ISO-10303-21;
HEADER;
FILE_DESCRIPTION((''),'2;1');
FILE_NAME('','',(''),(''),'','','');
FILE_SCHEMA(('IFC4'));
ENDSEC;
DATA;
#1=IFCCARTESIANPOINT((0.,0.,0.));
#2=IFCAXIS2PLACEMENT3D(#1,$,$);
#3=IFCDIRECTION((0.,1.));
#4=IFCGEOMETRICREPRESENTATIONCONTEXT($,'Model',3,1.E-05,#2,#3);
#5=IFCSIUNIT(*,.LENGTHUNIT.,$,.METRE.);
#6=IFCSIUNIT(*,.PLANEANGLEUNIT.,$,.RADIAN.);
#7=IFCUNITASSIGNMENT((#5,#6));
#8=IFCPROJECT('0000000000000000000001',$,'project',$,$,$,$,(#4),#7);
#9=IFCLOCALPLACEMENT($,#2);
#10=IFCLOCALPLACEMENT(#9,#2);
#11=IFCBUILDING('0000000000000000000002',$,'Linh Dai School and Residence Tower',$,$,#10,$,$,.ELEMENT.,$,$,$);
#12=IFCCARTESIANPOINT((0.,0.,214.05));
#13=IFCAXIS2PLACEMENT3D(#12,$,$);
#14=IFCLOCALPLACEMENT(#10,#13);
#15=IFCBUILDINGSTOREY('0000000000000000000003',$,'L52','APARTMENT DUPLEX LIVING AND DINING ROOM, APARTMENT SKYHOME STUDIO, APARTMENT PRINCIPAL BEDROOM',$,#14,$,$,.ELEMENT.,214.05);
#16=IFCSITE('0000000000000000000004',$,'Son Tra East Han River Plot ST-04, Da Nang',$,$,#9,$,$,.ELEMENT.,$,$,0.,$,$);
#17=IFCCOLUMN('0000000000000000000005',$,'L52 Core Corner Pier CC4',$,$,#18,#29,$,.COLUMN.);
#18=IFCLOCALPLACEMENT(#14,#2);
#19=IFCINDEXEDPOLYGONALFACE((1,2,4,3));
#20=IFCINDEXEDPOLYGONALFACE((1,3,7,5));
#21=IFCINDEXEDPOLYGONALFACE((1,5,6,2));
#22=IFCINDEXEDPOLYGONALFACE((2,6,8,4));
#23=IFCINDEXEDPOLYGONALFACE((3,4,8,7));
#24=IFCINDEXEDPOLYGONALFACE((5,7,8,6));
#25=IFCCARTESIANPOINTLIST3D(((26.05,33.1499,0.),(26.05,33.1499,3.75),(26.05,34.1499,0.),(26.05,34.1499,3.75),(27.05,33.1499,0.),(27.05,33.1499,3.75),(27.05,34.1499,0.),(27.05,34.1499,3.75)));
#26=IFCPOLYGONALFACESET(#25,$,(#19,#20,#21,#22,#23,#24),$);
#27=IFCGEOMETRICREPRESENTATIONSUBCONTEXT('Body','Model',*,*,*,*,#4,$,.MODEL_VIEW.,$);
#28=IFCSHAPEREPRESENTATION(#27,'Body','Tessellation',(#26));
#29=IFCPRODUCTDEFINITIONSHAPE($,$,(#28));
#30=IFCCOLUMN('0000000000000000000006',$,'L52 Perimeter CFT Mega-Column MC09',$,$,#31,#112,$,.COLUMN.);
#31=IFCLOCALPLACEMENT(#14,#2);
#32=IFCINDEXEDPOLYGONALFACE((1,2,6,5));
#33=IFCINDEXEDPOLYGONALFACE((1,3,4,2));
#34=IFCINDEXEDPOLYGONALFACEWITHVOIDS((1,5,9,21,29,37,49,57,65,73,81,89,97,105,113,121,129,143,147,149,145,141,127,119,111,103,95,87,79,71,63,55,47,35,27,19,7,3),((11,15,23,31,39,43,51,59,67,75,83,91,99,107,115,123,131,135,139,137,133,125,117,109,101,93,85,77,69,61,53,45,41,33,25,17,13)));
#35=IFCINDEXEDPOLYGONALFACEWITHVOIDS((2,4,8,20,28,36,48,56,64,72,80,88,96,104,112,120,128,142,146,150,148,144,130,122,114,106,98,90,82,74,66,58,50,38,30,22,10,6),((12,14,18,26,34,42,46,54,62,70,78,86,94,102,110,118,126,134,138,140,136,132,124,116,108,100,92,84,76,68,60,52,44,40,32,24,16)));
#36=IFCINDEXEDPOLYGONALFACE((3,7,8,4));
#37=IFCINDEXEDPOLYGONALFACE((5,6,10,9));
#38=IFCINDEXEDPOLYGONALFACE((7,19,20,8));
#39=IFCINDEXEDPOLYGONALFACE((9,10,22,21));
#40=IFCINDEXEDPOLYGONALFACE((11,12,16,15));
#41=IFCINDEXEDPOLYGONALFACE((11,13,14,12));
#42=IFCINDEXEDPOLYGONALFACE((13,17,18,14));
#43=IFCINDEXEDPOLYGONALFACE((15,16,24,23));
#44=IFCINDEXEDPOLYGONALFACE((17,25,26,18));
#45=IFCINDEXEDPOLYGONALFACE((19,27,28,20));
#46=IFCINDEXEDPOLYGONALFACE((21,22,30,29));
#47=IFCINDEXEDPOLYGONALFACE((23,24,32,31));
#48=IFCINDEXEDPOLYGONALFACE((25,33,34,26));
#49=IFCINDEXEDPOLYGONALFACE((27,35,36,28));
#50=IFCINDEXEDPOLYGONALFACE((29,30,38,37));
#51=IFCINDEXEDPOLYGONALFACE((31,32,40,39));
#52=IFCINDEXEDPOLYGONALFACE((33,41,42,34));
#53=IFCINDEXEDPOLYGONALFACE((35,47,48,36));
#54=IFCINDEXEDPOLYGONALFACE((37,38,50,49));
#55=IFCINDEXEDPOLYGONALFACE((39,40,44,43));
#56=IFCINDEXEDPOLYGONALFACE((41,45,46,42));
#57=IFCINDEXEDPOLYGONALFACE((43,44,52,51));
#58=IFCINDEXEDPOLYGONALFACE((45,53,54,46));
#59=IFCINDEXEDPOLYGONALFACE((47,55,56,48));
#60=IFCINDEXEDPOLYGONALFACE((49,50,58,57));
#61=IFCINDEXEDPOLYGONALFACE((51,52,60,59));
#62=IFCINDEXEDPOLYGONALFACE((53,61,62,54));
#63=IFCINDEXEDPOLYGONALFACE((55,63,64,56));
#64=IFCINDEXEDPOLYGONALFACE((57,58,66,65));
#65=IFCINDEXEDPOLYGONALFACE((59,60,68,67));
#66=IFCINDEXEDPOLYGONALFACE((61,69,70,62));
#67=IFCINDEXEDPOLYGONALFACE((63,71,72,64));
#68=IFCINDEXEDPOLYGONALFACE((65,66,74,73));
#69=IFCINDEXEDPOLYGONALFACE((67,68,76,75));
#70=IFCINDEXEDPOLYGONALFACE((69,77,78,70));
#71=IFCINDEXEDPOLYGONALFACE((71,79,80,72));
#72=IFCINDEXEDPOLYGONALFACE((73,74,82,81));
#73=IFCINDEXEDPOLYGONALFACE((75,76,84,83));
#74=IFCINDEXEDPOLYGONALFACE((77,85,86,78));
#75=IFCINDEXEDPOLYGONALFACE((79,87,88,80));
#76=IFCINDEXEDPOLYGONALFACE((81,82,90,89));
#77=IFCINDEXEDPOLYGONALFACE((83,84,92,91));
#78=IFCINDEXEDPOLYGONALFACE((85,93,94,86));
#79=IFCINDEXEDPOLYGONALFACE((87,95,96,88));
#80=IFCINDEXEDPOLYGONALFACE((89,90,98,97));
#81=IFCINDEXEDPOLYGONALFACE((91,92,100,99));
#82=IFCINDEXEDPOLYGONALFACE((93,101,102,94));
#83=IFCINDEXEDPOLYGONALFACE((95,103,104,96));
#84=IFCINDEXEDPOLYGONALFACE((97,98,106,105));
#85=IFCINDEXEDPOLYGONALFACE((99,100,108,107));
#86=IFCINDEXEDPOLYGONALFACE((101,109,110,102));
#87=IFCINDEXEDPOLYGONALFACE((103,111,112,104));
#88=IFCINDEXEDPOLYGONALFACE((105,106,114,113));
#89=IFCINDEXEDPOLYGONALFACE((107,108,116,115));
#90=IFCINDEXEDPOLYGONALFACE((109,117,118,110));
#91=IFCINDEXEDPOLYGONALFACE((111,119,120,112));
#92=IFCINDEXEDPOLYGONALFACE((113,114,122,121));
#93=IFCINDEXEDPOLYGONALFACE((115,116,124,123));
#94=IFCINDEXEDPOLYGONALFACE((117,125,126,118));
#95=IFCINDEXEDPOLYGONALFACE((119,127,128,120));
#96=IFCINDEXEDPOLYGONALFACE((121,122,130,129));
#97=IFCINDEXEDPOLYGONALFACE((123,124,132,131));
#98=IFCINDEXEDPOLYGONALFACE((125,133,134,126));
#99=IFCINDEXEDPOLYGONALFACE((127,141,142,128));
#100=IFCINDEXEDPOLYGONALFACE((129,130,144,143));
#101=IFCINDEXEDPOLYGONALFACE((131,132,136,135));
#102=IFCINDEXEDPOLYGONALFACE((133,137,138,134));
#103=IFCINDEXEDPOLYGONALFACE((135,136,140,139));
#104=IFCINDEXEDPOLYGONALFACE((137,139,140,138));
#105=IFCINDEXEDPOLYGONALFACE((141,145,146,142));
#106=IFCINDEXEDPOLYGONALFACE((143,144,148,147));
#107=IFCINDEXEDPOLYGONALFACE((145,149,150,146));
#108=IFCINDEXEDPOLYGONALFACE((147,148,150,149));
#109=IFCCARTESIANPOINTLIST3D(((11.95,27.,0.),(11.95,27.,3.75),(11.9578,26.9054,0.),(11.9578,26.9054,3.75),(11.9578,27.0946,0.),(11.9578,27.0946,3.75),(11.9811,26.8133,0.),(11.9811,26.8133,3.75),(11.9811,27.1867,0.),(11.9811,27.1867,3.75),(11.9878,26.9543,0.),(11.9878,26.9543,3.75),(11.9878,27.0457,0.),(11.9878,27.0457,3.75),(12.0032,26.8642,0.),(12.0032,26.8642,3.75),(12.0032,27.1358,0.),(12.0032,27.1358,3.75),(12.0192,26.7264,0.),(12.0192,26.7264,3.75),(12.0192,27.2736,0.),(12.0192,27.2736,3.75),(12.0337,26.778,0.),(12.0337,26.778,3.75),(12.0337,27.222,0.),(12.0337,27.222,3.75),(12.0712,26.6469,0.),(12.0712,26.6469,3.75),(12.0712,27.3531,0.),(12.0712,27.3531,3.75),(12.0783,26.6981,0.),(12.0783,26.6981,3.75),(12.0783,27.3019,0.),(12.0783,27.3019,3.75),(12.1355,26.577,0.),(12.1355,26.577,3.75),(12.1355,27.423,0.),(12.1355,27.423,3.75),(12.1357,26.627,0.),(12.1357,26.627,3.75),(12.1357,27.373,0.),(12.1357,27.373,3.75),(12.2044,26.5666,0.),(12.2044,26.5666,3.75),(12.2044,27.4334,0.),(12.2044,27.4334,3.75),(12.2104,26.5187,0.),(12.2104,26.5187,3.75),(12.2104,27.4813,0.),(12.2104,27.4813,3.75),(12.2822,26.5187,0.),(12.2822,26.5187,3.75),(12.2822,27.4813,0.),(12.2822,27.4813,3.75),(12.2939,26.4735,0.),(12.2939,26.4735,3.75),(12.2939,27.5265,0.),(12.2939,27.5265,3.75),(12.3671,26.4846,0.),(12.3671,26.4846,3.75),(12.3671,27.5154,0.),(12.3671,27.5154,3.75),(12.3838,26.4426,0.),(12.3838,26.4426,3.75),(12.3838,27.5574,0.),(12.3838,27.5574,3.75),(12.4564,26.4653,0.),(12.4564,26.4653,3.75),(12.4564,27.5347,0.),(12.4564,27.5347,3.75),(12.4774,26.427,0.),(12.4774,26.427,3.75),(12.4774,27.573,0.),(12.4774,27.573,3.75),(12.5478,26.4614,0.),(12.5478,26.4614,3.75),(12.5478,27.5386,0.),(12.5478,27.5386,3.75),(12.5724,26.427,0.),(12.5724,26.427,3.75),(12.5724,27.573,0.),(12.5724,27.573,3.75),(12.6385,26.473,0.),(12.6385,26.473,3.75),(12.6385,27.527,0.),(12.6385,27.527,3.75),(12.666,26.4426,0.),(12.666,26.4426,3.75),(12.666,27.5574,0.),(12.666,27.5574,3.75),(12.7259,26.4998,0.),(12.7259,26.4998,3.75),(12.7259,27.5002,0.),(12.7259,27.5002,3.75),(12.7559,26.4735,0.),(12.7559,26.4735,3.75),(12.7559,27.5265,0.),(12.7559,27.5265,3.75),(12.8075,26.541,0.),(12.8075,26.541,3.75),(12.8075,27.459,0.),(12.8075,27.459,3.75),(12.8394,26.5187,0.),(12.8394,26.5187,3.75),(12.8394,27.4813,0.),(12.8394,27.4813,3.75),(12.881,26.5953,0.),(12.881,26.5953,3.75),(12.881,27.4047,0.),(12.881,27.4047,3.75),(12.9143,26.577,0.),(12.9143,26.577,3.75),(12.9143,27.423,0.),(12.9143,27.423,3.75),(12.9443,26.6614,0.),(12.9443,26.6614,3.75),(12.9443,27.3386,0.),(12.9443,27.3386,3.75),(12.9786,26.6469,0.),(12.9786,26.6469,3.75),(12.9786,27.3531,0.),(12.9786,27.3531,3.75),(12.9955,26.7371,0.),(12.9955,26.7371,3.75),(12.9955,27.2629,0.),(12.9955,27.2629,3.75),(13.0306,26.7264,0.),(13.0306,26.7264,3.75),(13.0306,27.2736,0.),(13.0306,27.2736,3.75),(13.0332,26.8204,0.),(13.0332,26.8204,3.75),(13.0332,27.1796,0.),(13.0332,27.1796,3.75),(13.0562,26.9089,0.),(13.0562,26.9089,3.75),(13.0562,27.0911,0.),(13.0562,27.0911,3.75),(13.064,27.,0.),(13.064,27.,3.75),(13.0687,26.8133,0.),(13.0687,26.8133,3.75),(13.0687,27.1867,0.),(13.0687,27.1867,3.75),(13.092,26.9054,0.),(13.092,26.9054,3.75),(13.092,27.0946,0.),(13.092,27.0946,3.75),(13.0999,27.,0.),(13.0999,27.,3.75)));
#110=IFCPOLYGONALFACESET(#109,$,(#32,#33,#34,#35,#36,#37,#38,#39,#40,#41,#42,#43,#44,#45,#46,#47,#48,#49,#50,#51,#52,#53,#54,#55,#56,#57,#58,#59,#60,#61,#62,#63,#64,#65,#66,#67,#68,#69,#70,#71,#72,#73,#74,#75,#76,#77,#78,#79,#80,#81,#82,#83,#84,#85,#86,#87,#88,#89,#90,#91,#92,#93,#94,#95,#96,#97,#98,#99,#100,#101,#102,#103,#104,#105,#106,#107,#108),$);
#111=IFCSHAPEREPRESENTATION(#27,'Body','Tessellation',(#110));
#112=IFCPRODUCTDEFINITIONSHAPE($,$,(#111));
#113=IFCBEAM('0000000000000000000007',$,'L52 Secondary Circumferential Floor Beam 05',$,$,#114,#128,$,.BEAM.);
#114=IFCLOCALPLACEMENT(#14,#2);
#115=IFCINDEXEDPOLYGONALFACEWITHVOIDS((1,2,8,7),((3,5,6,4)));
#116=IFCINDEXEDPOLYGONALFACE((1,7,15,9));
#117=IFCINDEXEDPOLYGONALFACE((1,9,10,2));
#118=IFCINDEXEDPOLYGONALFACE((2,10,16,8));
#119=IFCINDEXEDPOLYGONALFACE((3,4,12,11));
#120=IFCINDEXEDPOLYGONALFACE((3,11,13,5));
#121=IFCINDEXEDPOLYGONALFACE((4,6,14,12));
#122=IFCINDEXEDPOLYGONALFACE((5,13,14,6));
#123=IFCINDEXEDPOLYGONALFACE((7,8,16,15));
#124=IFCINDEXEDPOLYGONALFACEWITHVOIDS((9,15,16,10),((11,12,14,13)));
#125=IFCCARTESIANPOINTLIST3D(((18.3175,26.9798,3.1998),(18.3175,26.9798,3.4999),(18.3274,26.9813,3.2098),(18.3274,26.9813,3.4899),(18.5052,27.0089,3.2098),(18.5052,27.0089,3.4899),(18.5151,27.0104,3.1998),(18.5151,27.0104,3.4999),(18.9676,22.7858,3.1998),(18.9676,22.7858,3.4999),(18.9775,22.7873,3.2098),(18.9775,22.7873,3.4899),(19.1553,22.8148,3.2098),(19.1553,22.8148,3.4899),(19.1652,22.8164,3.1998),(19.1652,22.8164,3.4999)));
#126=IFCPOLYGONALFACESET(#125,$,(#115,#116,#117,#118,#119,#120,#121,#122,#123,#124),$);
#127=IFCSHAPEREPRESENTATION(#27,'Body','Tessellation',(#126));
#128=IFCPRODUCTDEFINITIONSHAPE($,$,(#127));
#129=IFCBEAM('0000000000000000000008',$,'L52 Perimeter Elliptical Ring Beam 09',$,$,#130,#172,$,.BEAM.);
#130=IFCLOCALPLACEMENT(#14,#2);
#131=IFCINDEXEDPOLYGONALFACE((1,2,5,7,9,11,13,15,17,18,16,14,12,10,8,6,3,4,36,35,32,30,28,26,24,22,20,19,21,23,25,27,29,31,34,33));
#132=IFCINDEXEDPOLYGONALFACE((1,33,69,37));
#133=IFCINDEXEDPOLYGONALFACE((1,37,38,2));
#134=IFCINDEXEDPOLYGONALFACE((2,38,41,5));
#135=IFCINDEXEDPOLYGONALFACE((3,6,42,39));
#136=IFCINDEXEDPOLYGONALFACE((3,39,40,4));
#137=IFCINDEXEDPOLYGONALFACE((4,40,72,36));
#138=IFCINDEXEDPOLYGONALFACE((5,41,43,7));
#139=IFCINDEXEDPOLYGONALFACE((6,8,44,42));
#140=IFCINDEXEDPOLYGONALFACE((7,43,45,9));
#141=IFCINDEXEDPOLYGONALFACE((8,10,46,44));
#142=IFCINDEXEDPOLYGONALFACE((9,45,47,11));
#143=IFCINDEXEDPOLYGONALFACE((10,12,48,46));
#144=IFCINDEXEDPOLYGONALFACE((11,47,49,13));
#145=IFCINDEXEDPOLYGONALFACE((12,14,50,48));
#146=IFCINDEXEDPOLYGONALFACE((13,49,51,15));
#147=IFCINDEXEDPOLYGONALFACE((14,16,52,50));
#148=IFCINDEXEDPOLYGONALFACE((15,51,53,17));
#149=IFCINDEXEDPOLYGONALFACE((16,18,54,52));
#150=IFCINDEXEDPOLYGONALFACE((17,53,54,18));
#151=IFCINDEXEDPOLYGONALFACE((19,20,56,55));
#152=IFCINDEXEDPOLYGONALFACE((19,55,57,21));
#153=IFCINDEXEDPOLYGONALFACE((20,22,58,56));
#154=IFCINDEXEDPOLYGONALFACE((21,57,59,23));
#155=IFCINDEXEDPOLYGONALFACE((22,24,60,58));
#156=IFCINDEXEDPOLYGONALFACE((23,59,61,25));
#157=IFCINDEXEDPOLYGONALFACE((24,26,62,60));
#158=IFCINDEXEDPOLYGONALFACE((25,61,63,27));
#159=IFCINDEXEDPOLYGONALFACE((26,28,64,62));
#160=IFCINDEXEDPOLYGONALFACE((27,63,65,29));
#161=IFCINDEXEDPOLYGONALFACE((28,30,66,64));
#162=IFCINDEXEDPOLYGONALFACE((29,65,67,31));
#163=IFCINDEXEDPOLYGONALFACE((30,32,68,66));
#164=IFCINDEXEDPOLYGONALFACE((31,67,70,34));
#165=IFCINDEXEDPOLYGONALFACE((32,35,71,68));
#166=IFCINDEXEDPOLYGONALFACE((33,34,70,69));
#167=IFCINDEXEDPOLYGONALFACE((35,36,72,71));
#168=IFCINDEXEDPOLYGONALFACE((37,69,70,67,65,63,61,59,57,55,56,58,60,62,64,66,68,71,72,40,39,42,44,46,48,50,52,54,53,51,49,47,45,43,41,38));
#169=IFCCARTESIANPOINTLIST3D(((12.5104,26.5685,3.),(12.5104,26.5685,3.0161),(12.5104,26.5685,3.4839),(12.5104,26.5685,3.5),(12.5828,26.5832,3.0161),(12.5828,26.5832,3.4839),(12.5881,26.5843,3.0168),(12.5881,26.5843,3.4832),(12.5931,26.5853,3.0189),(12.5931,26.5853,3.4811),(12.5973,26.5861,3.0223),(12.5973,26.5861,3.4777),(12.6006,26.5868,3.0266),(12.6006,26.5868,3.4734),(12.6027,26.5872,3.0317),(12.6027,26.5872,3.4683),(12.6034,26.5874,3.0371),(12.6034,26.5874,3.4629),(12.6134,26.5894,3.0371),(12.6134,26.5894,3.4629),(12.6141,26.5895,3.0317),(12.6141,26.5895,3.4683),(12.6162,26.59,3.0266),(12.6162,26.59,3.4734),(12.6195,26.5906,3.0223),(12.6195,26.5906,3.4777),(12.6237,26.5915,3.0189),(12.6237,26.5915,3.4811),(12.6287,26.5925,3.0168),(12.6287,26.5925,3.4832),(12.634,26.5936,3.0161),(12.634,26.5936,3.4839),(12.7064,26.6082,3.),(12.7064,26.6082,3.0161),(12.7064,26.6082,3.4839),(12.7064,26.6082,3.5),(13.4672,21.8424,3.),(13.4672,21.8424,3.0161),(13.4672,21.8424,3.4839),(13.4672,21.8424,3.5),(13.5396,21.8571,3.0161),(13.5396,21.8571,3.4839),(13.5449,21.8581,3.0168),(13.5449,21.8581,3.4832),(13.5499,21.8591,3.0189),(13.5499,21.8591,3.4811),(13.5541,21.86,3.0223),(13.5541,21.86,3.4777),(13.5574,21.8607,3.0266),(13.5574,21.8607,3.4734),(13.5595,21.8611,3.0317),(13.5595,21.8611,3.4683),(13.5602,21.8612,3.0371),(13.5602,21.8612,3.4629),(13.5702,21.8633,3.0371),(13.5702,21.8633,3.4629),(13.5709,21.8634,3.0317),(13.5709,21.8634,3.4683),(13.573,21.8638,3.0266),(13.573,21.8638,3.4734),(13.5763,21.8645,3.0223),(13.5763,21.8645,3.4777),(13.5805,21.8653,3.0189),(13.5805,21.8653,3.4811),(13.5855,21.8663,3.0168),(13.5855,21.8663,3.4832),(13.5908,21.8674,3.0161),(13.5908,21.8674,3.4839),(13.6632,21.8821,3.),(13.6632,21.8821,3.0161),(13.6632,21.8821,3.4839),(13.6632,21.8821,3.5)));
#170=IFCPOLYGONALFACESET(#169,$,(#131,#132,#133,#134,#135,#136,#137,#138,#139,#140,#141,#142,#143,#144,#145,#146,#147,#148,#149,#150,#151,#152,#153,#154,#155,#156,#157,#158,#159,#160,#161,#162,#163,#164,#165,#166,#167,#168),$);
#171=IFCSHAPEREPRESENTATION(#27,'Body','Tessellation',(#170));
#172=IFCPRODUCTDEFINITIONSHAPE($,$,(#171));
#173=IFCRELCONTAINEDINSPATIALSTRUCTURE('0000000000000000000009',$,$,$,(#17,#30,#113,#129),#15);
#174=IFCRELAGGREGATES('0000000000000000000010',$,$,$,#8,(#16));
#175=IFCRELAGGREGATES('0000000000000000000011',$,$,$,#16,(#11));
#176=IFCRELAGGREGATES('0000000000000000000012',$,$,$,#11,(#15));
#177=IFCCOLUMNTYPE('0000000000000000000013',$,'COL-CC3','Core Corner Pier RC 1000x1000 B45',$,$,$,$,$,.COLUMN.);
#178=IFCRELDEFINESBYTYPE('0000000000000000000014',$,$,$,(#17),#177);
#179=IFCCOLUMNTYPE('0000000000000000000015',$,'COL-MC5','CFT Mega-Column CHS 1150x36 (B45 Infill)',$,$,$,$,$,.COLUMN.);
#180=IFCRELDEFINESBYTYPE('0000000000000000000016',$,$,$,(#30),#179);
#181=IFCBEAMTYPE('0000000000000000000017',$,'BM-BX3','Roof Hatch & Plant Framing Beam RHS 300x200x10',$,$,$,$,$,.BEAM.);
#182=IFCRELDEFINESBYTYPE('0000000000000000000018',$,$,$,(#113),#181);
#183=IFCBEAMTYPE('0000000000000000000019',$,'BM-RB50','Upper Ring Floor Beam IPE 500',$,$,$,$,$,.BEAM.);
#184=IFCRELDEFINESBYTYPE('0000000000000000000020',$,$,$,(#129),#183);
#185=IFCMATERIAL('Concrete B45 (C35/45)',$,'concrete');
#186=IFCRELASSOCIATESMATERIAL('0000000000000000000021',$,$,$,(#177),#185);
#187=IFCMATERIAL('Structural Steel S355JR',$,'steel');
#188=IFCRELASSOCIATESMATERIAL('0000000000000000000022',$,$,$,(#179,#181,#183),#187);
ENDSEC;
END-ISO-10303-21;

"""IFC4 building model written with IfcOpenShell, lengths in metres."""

from ifc_helpers import new_model, si_unit, direction, frame, origin, origin_2d, place, context, subcontext, project, spatial, rectangle, hollow_rectangle, hollow_circle, i_section, extrude, material, material_profile, profile_set, type_object, element, save


model = new_model("IFC4")

# Units and contexts
model_context = context("Model", 3, precision=1e-05, world=origin(), true_north=direction((0.0, 1.0)))
body_context = subcontext(model_context, "Body", "Model", "MODEL_VIEW")
ifc_project = project(units=[si_unit("LENGTHUNIT", "METRE"), si_unit("PLANEANGLEUNIT", "RADIAN")], contexts=[model_context])

# Site, building, storey
site_placement = place(None, origin())
site = spatial("IfcSite", under=ifc_project, at=site_placement, Name="Son Tra East Han River Plot ST-04, Da Nang", CompositionType="ELEMENT", RefElevation=0.0)
building_placement = place(site_placement, origin())
building = spatial("IfcBuilding", under=site, at=building_placement, Name="Linh Dai School and Residence Tower", CompositionType="ELEMENT")
storey_placement = place(building_placement, frame((0.0, 0.0, 214.05)))
storey = spatial("IfcBuildingStorey", under=building, at=storey_placement, Name="L52", Description="APARTMENT DUPLEX LIVING AND DINING ROOM, APARTMENT SKYHOME STUDIO, APARTMENT PRINCIPAL BEDROOM", CompositionType="ELEMENT", Elevation=214.05)

# Columns
ifc_material_1 = material(Name="Concrete B45 (C35/45)", Category="concrete")
ifc_material_profile_1 = material_profile(ifc_material_1, rectangle(XDim=1.0, YDim=1.0, at=origin_2d()), Name="RC 1000x1000")
ifc_profile_set_1 = profile_set([ifc_material_profile_1], Name="Concrete B45 (C35/45)")
column_type_1 = type_object("IfcColumnType", Name="COL-CC3", Description="Core Corner Pier RC 1000x1000 B45", PredefinedType="COLUMN", material=ifc_profile_set_1)
column_1_placement = place(storey_placement, frame((26.55, 33.6499, 0.0), z_axis=(0.0, 0.0, 1.0), x_axis=(1.0, 0.0, 0.0)))
element("IfcColumn", 1, at=column_1_placement, inside=storey, type_object=column_type_1, Name="L52 Core Corner Pier CC4", PredefinedType="COLUMN", context=body_context, shape_type="SweptSolid", body=[
    extrude(rectangle(XDim=1.0, YDim=1.0, at=origin_2d()), origin(), (0.0, 0.0, 1.0), 3.75),
])
ifc_material_2 = material(Name="Structural Steel S355JR", Category="steel")
ifc_material_profile_2 = material_profile(ifc_material_2, hollow_circle(Radius=0.575, WallThickness=0.0359, at=origin_2d()), Name="CHS 1150x36")
ifc_profile_set_2 = profile_set([ifc_material_profile_2], Name="Structural Steel S355JR")
column_type_2 = type_object("IfcColumnType", Name="COL-MC5", Description="CFT Mega-Column CHS 1150x36 (B45 Infill)", PredefinedType="COLUMN", material=ifc_profile_set_2)
column_2_placement = place(storey_placement, frame((12.5249, 27.0, 0.0), z_axis=(0.0, 0.0, 1.0), x_axis=(1.0, 0.0, 0.0)))
element("IfcColumn", 2, at=column_2_placement, inside=storey, type_object=column_type_2, Name="L52 Perimeter CFT Mega-Column MC09", PredefinedType="COLUMN", context=body_context, shape_type="SweptSolid", body=[
    extrude(hollow_circle(Radius=0.575, WallThickness=0.0359, at=origin_2d()), origin(), (0.0, 0.0, 1.0), 3.75),
])

# Beams
ifc_material_profile_3 = material_profile(ifc_material_2, hollow_rectangle(XDim=0.2, YDim=0.3, WallThickness=0.01, at=origin_2d()), Name="RHS 300x200x10")
ifc_profile_set_3 = profile_set([ifc_material_profile_3], Name="Structural Steel S355JR")
beam_type_1 = type_object("IfcBeamType", Name="BM-BX3", Description="Roof Hatch & Plant Framing Beam RHS 300x200x10", PredefinedType="BEAM", material=ifc_profile_set_3)
beam_1_placement = place(storey_placement, frame((18.4163, 26.9951, 3.3499), z_axis=(0.153185, -0.988197, 0.0), x_axis=(0.988197, 0.153185, 0.0)))
element("IfcBeam", 3, at=beam_1_placement, inside=storey, type_object=beam_type_1, Name="L52 Secondary Circumferential Floor Beam 05", PredefinedType="BEAM", context=body_context, shape_type="SweptSolid", body=[
    extrude(hollow_rectangle(XDim=0.2, YDim=0.3, WallThickness=0.01, at=origin_2d()), origin(), (0.0, 0.0, 1.0), 4.2441),
])
ifc_material_profile_4 = material_profile(ifc_material_2, i_section(OverallWidth=0.2, OverallDepth=0.5, WebThickness=0.0103, FlangeThickness=0.0161, FilletRadius=0.021, at=origin_2d()), Name="IPE 500")
ifc_profile_set_4 = profile_set([ifc_material_profile_4], Name="Structural Steel S355JR")
beam_type_2 = type_object("IfcBeamType", Name="BM-RB50", Description="Upper Ring Floor Beam IPE 500", PredefinedType="BEAM", material=ifc_profile_set_4)
beam_2_placement = place(storey_placement, frame((12.6084, 26.5884, 3.25), z_axis=(0.198423, -0.980116, 0.0), x_axis=(0.980116, 0.198423, 0.0)))
element("IfcBeam", 4, at=beam_2_placement, inside=storey, type_object=beam_type_2, Name="L52 Perimeter Elliptical Ring Beam 09", PredefinedType="BEAM", context=body_context, shape_type="SweptSolid", body=[
    extrude(i_section(OverallWidth=0.2, OverallDepth=0.5, WebThickness=0.0103, FlangeThickness=0.0161, FilletRadius=0.021, at=origin_2d()), origin(), (0.0, 0.0, 1.0), 4.822),
])

save(model, "model.ifc")
